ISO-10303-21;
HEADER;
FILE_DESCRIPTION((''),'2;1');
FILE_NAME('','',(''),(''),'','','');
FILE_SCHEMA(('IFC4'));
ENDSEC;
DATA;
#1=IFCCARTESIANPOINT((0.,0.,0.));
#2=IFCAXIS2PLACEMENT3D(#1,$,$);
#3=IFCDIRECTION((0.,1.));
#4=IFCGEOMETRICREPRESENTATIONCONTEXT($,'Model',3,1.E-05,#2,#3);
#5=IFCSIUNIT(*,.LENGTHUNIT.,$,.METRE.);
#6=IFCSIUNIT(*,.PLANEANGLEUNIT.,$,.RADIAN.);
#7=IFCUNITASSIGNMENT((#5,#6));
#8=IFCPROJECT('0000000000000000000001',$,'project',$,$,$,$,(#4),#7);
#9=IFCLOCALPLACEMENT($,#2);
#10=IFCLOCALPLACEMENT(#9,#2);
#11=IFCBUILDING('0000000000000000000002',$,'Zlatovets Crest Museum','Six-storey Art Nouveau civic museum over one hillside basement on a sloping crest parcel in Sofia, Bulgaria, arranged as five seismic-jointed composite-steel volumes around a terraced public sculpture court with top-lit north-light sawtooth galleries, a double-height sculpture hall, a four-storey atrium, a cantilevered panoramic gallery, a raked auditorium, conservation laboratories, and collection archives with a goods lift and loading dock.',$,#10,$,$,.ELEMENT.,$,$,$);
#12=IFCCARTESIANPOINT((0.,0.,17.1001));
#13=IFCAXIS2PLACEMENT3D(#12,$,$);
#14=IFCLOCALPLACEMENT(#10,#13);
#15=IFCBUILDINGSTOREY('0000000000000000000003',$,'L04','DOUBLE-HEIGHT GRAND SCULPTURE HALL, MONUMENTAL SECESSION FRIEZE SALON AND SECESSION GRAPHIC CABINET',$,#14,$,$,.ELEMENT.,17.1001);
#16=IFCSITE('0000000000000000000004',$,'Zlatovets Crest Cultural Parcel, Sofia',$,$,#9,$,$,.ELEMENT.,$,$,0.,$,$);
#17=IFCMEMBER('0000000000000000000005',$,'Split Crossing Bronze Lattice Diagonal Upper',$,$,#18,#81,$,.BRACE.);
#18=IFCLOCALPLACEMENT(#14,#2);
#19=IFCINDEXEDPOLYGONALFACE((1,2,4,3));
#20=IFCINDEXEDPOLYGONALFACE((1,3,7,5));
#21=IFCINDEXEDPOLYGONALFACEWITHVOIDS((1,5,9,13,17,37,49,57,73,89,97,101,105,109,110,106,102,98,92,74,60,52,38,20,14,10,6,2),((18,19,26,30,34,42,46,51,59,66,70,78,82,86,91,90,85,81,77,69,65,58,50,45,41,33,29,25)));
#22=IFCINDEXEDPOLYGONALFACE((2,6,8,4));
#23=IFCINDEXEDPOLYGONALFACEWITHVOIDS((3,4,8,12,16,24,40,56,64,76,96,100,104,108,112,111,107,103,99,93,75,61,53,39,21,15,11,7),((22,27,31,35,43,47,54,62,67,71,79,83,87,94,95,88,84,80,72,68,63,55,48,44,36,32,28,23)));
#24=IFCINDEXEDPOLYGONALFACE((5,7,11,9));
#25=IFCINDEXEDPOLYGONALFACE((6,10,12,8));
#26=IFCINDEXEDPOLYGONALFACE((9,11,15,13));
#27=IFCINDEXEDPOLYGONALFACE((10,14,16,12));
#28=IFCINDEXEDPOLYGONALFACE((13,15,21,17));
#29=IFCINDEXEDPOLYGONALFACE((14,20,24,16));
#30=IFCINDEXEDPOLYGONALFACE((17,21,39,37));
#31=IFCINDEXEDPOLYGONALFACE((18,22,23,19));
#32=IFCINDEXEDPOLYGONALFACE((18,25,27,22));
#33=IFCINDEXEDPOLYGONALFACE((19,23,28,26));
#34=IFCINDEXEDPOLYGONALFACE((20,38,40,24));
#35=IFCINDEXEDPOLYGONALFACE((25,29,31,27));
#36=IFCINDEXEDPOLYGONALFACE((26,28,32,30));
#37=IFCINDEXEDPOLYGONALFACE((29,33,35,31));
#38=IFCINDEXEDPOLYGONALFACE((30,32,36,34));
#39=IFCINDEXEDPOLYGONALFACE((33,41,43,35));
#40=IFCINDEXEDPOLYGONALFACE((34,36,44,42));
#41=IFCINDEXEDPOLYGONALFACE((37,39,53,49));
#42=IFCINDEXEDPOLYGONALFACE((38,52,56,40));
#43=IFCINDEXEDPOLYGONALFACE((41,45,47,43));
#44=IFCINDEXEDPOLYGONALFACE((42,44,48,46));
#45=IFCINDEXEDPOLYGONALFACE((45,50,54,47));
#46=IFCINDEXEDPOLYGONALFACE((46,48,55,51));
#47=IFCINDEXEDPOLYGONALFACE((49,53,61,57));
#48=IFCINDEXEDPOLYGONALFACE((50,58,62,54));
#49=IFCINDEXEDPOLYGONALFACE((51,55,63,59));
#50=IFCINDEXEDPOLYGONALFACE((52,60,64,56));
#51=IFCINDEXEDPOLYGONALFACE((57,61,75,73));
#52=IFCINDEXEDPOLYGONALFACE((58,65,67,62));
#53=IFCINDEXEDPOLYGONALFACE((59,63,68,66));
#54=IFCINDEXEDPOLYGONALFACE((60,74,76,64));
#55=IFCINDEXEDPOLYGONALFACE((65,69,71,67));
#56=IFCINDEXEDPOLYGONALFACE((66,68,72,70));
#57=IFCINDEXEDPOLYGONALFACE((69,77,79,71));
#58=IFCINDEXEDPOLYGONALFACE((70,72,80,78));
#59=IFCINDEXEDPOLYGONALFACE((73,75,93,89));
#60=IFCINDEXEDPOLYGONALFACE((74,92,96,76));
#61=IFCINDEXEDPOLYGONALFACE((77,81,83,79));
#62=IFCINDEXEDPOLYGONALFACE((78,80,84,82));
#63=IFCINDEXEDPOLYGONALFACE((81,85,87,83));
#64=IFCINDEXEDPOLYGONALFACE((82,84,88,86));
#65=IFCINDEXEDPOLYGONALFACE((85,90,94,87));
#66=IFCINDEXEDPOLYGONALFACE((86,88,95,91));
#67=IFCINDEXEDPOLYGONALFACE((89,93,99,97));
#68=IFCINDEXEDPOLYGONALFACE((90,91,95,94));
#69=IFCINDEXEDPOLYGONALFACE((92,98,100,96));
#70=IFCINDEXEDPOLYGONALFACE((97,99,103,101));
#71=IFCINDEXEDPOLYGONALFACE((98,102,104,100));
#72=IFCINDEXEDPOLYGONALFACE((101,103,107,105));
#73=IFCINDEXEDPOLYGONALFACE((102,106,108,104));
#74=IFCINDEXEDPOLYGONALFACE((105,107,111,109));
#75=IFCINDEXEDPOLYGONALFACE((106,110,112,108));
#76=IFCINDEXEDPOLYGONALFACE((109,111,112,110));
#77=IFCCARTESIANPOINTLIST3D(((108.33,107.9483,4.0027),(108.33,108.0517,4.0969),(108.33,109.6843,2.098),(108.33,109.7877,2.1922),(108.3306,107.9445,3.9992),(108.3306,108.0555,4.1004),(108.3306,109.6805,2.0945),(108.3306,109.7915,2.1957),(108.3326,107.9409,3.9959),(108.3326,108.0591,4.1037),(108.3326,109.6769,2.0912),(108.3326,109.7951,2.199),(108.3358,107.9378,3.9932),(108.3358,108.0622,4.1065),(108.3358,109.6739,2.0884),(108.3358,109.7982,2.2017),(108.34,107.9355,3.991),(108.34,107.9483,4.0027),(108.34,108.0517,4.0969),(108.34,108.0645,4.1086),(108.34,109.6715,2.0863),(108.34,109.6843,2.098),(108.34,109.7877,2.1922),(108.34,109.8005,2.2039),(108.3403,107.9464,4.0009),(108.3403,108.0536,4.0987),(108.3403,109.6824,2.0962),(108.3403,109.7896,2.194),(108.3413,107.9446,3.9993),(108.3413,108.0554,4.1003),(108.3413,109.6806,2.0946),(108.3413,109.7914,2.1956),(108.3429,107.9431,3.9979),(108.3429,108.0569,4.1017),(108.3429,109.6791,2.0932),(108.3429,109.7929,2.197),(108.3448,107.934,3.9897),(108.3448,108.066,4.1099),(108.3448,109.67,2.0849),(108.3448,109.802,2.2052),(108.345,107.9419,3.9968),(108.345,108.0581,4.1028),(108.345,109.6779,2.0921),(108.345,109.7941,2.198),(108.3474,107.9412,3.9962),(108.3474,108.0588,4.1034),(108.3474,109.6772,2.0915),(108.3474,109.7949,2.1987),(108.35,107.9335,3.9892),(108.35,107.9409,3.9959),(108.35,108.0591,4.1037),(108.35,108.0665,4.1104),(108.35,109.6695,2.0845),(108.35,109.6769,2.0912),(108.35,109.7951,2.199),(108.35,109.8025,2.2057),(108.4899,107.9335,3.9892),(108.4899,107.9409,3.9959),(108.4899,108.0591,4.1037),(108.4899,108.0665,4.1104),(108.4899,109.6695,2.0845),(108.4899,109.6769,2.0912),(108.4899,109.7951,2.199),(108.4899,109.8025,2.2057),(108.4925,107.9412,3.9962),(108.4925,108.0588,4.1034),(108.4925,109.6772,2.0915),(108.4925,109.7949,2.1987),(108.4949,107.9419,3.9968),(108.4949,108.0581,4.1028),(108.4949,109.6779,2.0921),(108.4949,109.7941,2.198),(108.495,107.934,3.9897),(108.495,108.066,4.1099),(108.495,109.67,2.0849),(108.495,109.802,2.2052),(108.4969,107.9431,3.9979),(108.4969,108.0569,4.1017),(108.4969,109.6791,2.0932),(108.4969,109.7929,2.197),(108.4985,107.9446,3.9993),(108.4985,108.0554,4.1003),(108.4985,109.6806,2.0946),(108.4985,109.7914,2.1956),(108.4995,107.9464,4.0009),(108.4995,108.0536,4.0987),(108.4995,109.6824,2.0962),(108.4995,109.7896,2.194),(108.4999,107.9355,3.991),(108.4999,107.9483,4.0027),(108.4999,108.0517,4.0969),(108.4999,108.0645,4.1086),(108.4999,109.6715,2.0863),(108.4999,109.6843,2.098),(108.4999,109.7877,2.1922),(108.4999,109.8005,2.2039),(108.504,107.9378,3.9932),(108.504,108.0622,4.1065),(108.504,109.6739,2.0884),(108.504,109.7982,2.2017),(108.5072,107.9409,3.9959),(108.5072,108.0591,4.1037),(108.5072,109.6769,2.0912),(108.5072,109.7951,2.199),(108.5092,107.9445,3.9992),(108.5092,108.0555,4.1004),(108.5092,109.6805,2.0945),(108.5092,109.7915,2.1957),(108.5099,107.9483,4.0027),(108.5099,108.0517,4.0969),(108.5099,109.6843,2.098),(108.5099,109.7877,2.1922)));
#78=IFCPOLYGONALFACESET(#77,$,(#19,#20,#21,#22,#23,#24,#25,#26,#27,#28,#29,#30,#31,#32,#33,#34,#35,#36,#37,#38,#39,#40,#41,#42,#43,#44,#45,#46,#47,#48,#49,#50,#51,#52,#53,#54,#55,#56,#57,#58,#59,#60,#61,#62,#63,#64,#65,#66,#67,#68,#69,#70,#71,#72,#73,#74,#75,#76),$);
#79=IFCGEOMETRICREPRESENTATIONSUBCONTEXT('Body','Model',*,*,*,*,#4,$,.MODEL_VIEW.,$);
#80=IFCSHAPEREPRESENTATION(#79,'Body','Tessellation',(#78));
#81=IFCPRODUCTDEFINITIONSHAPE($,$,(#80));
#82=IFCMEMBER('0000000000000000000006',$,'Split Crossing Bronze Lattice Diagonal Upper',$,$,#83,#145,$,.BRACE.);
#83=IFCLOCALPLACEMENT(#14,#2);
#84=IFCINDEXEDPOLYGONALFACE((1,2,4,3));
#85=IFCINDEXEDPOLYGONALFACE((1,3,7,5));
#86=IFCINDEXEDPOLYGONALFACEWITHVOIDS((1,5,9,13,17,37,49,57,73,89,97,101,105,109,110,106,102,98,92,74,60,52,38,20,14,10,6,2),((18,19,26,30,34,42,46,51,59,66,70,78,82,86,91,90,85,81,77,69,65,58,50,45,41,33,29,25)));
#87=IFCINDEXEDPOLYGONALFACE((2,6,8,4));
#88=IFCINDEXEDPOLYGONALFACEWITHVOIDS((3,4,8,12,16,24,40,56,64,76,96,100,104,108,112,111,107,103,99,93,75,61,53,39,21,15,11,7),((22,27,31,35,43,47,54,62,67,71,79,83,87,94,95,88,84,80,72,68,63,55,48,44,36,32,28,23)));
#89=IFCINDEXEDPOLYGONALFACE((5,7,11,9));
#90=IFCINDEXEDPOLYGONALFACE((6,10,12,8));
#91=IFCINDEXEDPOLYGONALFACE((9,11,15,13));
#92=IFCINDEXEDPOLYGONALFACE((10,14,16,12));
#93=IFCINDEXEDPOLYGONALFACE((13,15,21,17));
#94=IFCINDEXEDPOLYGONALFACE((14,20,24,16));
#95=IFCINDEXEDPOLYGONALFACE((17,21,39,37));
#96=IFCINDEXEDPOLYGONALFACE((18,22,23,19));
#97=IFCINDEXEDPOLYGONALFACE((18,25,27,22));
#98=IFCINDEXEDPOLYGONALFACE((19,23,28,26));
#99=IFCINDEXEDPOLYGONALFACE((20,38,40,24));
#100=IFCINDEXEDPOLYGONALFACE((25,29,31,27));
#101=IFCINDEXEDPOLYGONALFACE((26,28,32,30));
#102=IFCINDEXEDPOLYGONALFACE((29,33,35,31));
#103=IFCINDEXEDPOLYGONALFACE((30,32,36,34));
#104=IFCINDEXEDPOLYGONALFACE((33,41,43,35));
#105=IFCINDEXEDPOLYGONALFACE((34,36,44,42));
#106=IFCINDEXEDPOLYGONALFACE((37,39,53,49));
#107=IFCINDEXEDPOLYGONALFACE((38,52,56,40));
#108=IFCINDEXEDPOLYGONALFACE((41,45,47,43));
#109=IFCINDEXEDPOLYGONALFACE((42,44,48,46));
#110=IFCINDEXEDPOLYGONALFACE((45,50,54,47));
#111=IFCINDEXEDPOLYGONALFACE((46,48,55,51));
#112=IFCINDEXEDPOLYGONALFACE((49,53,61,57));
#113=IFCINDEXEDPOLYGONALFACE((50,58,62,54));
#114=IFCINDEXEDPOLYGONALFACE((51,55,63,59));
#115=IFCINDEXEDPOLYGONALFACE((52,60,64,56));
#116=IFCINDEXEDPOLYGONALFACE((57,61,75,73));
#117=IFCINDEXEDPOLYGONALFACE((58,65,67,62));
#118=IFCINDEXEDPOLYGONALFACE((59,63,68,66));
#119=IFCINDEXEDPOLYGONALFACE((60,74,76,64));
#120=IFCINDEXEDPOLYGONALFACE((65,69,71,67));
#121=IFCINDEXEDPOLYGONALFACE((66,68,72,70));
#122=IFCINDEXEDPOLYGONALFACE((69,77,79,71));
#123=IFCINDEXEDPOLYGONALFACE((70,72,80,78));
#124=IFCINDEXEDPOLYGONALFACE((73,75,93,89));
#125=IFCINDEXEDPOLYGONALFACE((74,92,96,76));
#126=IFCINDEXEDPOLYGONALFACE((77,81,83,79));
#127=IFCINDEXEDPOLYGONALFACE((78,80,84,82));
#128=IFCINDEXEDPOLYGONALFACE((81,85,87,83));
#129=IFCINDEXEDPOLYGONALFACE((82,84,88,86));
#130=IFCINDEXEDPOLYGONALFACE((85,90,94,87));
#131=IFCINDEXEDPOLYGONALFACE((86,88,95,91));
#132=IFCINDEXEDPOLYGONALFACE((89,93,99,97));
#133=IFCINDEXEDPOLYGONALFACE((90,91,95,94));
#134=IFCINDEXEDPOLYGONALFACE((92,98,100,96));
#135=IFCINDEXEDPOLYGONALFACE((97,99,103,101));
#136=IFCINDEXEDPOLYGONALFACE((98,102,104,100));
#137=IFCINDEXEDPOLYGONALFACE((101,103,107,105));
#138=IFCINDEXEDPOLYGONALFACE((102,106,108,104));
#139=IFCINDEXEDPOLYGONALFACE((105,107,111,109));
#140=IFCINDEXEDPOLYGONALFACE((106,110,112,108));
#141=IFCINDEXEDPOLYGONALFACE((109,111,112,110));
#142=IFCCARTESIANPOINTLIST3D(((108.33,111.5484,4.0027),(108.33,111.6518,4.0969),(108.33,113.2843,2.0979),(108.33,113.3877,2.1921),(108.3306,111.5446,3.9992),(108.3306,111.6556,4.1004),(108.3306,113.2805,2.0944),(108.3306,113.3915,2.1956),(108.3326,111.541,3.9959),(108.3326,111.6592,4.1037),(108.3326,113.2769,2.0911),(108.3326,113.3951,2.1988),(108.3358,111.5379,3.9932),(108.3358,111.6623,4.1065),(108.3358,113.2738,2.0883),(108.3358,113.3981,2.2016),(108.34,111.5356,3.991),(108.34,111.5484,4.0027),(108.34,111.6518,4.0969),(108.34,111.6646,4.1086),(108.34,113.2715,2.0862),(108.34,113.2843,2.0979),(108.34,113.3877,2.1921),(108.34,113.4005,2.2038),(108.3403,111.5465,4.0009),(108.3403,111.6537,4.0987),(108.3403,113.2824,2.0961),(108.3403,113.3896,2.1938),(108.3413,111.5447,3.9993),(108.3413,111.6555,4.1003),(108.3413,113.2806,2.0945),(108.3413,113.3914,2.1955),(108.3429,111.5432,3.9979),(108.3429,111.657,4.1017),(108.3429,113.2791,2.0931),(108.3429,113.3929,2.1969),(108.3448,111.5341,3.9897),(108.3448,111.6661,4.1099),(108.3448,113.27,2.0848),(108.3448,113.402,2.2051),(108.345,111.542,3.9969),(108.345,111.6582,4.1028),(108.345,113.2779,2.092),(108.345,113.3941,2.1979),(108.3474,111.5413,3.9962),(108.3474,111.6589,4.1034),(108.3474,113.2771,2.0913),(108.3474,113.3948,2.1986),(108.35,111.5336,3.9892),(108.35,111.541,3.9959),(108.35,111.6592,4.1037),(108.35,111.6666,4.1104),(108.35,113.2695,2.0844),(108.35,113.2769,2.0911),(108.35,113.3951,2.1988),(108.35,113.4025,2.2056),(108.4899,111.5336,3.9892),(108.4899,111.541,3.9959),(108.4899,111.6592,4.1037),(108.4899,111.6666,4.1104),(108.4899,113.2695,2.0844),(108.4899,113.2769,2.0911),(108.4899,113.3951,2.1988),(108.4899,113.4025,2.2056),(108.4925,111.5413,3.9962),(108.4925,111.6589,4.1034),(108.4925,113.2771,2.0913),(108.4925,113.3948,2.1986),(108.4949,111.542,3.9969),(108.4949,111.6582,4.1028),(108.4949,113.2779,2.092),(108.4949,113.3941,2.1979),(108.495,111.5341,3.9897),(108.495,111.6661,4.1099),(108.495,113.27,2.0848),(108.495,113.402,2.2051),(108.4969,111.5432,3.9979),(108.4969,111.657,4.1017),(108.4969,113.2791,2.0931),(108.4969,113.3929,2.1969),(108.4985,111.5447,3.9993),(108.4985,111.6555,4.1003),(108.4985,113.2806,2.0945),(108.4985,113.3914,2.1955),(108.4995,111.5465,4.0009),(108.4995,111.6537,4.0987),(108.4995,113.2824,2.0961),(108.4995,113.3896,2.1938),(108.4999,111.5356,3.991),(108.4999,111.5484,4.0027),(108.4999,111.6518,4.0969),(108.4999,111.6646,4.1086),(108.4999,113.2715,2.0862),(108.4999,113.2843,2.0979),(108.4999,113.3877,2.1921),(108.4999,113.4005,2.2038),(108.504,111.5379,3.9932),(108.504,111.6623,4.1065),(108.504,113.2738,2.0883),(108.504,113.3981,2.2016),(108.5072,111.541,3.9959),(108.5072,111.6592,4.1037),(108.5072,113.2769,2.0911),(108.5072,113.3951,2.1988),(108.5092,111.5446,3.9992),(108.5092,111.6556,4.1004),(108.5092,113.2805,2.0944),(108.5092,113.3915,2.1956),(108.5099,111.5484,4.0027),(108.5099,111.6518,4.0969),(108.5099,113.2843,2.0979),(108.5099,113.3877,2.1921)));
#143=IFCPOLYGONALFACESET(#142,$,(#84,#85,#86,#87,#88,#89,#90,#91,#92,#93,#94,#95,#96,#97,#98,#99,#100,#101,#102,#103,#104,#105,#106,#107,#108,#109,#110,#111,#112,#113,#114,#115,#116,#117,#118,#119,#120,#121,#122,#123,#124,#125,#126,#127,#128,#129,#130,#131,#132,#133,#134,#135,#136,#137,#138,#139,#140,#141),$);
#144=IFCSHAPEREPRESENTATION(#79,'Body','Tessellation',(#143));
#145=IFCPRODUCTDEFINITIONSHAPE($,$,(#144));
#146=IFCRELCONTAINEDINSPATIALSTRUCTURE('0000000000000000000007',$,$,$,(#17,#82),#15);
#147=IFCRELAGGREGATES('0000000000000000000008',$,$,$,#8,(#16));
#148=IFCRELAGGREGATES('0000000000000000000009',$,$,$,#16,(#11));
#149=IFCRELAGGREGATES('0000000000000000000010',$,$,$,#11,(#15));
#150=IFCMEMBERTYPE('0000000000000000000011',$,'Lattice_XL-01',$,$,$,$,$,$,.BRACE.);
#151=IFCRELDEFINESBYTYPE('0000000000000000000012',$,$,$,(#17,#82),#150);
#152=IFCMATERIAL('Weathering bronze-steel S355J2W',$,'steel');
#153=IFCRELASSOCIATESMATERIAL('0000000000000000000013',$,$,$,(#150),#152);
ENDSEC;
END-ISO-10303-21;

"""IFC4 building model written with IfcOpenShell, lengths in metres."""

from ifc_helpers import new_model, si_unit, direction, frame, origin, origin_2d, place, context, subcontext, project, spatial, hollow_rectangle, extrude, material, material_profile, profile_set, type_object, element, save


model = new_model("IFC4")

# Units and contexts
model_context = context("Model", 3, precision=1e-05, world=origin(), true_north=direction((0.0, 1.0)))
body_context = subcontext(model_context, "Body", "Model", "MODEL_VIEW")
ifc_project = project(units=[si_unit("LENGTHUNIT", "METRE"), si_unit("PLANEANGLEUNIT", "RADIAN")], contexts=[model_context])

# Site, building, storey
site_placement = place(None, origin())
site = spatial("IfcSite", under=ifc_project, at=site_placement, Name="Zlatovets Crest Cultural Parcel, Sofia", CompositionType="ELEMENT", RefElevation=0.0)
building_placement = place(site_placement, origin())
building = spatial("IfcBuilding", under=site, at=building_placement, Name="Zlatovets Crest Museum", Description="Six-storey Art Nouveau civic museum over one hillside basement on a sloping crest parcel in Sofia, Bulgaria, arranged as five seismic-jointed composite-steel volumes around a terraced public sculpture court with top-lit north-light sawtooth galleries, a double-height sculpture hall, a four-storey atrium, a cantilevered panoramic gallery, a raked auditorium, conservation laboratories, and collection archives with a goods lift and loading dock.", CompositionType="ELEMENT")
storey_placement = place(building_placement, frame((0.0, 0.0, 17.1001)))
storey = spatial("IfcBuildingStorey", under=building, at=storey_placement, Name="L04", Description="DOUBLE-HEIGHT GRAND SCULPTURE HALL, MONUMENTAL SECESSION FRIEZE SALON AND SECESSION GRAPHIC CABINET", CompositionType="ELEMENT", Elevation=17.1001)

# Members
ifc_material_1 = material(Name="Weathering bronze-steel S355J2W", Category="steel")
ifc_material_profile_1 = material_profile(ifc_material_1, hollow_rectangle(XDim=0.1799, YDim=0.1799, WallThickness=0.01, InnerFilletRadius=0.01, OuterFilletRadius=0.02, at=origin_2d()), Name="SHS 180x180x10.0")
ifc_profile_set_1 = profile_set([ifc_material_profile_1], Name="Weathering bronze-steel S355J2W")
member_type_1 = type_object("IfcMemberType", Name="Lattice_XL-01", PredefinedType="BRACE", material=ifc_profile_set_1)
for number, where, z_axis, x_axis, name in (
    (1, (108.4199, 108.0, 4.0498), (0.0, 0.67362, -0.739078), (-1.0, 0.0, 0.0), "Split Crossing Bronze Lattice Diagonal Upper"),
    (2, (108.4199, 111.6001, 4.0498), (0.0, 0.673568, -0.739125), (-1.0, 0.0, 0.0), "Split Crossing Bronze Lattice Diagonal Upper"),
):
    element("IfcMember", number, at=place(storey_placement, frame(where, z_axis=z_axis, x_axis=x_axis)), inside=storey, type_object=member_type_1, Name=name, PredefinedType="BRACE", context=body_context, shape_type="SweptSolid", body=[
        extrude(hollow_rectangle(XDim=0.1799, YDim=0.1799, WallThickness=0.01, InnerFilletRadius=0.01, OuterFilletRadius=0.02, at=origin_2d()), origin(), (0.0, 0.0, 1.0), 2.5771),
    ])

save(model, "model.ifc")
